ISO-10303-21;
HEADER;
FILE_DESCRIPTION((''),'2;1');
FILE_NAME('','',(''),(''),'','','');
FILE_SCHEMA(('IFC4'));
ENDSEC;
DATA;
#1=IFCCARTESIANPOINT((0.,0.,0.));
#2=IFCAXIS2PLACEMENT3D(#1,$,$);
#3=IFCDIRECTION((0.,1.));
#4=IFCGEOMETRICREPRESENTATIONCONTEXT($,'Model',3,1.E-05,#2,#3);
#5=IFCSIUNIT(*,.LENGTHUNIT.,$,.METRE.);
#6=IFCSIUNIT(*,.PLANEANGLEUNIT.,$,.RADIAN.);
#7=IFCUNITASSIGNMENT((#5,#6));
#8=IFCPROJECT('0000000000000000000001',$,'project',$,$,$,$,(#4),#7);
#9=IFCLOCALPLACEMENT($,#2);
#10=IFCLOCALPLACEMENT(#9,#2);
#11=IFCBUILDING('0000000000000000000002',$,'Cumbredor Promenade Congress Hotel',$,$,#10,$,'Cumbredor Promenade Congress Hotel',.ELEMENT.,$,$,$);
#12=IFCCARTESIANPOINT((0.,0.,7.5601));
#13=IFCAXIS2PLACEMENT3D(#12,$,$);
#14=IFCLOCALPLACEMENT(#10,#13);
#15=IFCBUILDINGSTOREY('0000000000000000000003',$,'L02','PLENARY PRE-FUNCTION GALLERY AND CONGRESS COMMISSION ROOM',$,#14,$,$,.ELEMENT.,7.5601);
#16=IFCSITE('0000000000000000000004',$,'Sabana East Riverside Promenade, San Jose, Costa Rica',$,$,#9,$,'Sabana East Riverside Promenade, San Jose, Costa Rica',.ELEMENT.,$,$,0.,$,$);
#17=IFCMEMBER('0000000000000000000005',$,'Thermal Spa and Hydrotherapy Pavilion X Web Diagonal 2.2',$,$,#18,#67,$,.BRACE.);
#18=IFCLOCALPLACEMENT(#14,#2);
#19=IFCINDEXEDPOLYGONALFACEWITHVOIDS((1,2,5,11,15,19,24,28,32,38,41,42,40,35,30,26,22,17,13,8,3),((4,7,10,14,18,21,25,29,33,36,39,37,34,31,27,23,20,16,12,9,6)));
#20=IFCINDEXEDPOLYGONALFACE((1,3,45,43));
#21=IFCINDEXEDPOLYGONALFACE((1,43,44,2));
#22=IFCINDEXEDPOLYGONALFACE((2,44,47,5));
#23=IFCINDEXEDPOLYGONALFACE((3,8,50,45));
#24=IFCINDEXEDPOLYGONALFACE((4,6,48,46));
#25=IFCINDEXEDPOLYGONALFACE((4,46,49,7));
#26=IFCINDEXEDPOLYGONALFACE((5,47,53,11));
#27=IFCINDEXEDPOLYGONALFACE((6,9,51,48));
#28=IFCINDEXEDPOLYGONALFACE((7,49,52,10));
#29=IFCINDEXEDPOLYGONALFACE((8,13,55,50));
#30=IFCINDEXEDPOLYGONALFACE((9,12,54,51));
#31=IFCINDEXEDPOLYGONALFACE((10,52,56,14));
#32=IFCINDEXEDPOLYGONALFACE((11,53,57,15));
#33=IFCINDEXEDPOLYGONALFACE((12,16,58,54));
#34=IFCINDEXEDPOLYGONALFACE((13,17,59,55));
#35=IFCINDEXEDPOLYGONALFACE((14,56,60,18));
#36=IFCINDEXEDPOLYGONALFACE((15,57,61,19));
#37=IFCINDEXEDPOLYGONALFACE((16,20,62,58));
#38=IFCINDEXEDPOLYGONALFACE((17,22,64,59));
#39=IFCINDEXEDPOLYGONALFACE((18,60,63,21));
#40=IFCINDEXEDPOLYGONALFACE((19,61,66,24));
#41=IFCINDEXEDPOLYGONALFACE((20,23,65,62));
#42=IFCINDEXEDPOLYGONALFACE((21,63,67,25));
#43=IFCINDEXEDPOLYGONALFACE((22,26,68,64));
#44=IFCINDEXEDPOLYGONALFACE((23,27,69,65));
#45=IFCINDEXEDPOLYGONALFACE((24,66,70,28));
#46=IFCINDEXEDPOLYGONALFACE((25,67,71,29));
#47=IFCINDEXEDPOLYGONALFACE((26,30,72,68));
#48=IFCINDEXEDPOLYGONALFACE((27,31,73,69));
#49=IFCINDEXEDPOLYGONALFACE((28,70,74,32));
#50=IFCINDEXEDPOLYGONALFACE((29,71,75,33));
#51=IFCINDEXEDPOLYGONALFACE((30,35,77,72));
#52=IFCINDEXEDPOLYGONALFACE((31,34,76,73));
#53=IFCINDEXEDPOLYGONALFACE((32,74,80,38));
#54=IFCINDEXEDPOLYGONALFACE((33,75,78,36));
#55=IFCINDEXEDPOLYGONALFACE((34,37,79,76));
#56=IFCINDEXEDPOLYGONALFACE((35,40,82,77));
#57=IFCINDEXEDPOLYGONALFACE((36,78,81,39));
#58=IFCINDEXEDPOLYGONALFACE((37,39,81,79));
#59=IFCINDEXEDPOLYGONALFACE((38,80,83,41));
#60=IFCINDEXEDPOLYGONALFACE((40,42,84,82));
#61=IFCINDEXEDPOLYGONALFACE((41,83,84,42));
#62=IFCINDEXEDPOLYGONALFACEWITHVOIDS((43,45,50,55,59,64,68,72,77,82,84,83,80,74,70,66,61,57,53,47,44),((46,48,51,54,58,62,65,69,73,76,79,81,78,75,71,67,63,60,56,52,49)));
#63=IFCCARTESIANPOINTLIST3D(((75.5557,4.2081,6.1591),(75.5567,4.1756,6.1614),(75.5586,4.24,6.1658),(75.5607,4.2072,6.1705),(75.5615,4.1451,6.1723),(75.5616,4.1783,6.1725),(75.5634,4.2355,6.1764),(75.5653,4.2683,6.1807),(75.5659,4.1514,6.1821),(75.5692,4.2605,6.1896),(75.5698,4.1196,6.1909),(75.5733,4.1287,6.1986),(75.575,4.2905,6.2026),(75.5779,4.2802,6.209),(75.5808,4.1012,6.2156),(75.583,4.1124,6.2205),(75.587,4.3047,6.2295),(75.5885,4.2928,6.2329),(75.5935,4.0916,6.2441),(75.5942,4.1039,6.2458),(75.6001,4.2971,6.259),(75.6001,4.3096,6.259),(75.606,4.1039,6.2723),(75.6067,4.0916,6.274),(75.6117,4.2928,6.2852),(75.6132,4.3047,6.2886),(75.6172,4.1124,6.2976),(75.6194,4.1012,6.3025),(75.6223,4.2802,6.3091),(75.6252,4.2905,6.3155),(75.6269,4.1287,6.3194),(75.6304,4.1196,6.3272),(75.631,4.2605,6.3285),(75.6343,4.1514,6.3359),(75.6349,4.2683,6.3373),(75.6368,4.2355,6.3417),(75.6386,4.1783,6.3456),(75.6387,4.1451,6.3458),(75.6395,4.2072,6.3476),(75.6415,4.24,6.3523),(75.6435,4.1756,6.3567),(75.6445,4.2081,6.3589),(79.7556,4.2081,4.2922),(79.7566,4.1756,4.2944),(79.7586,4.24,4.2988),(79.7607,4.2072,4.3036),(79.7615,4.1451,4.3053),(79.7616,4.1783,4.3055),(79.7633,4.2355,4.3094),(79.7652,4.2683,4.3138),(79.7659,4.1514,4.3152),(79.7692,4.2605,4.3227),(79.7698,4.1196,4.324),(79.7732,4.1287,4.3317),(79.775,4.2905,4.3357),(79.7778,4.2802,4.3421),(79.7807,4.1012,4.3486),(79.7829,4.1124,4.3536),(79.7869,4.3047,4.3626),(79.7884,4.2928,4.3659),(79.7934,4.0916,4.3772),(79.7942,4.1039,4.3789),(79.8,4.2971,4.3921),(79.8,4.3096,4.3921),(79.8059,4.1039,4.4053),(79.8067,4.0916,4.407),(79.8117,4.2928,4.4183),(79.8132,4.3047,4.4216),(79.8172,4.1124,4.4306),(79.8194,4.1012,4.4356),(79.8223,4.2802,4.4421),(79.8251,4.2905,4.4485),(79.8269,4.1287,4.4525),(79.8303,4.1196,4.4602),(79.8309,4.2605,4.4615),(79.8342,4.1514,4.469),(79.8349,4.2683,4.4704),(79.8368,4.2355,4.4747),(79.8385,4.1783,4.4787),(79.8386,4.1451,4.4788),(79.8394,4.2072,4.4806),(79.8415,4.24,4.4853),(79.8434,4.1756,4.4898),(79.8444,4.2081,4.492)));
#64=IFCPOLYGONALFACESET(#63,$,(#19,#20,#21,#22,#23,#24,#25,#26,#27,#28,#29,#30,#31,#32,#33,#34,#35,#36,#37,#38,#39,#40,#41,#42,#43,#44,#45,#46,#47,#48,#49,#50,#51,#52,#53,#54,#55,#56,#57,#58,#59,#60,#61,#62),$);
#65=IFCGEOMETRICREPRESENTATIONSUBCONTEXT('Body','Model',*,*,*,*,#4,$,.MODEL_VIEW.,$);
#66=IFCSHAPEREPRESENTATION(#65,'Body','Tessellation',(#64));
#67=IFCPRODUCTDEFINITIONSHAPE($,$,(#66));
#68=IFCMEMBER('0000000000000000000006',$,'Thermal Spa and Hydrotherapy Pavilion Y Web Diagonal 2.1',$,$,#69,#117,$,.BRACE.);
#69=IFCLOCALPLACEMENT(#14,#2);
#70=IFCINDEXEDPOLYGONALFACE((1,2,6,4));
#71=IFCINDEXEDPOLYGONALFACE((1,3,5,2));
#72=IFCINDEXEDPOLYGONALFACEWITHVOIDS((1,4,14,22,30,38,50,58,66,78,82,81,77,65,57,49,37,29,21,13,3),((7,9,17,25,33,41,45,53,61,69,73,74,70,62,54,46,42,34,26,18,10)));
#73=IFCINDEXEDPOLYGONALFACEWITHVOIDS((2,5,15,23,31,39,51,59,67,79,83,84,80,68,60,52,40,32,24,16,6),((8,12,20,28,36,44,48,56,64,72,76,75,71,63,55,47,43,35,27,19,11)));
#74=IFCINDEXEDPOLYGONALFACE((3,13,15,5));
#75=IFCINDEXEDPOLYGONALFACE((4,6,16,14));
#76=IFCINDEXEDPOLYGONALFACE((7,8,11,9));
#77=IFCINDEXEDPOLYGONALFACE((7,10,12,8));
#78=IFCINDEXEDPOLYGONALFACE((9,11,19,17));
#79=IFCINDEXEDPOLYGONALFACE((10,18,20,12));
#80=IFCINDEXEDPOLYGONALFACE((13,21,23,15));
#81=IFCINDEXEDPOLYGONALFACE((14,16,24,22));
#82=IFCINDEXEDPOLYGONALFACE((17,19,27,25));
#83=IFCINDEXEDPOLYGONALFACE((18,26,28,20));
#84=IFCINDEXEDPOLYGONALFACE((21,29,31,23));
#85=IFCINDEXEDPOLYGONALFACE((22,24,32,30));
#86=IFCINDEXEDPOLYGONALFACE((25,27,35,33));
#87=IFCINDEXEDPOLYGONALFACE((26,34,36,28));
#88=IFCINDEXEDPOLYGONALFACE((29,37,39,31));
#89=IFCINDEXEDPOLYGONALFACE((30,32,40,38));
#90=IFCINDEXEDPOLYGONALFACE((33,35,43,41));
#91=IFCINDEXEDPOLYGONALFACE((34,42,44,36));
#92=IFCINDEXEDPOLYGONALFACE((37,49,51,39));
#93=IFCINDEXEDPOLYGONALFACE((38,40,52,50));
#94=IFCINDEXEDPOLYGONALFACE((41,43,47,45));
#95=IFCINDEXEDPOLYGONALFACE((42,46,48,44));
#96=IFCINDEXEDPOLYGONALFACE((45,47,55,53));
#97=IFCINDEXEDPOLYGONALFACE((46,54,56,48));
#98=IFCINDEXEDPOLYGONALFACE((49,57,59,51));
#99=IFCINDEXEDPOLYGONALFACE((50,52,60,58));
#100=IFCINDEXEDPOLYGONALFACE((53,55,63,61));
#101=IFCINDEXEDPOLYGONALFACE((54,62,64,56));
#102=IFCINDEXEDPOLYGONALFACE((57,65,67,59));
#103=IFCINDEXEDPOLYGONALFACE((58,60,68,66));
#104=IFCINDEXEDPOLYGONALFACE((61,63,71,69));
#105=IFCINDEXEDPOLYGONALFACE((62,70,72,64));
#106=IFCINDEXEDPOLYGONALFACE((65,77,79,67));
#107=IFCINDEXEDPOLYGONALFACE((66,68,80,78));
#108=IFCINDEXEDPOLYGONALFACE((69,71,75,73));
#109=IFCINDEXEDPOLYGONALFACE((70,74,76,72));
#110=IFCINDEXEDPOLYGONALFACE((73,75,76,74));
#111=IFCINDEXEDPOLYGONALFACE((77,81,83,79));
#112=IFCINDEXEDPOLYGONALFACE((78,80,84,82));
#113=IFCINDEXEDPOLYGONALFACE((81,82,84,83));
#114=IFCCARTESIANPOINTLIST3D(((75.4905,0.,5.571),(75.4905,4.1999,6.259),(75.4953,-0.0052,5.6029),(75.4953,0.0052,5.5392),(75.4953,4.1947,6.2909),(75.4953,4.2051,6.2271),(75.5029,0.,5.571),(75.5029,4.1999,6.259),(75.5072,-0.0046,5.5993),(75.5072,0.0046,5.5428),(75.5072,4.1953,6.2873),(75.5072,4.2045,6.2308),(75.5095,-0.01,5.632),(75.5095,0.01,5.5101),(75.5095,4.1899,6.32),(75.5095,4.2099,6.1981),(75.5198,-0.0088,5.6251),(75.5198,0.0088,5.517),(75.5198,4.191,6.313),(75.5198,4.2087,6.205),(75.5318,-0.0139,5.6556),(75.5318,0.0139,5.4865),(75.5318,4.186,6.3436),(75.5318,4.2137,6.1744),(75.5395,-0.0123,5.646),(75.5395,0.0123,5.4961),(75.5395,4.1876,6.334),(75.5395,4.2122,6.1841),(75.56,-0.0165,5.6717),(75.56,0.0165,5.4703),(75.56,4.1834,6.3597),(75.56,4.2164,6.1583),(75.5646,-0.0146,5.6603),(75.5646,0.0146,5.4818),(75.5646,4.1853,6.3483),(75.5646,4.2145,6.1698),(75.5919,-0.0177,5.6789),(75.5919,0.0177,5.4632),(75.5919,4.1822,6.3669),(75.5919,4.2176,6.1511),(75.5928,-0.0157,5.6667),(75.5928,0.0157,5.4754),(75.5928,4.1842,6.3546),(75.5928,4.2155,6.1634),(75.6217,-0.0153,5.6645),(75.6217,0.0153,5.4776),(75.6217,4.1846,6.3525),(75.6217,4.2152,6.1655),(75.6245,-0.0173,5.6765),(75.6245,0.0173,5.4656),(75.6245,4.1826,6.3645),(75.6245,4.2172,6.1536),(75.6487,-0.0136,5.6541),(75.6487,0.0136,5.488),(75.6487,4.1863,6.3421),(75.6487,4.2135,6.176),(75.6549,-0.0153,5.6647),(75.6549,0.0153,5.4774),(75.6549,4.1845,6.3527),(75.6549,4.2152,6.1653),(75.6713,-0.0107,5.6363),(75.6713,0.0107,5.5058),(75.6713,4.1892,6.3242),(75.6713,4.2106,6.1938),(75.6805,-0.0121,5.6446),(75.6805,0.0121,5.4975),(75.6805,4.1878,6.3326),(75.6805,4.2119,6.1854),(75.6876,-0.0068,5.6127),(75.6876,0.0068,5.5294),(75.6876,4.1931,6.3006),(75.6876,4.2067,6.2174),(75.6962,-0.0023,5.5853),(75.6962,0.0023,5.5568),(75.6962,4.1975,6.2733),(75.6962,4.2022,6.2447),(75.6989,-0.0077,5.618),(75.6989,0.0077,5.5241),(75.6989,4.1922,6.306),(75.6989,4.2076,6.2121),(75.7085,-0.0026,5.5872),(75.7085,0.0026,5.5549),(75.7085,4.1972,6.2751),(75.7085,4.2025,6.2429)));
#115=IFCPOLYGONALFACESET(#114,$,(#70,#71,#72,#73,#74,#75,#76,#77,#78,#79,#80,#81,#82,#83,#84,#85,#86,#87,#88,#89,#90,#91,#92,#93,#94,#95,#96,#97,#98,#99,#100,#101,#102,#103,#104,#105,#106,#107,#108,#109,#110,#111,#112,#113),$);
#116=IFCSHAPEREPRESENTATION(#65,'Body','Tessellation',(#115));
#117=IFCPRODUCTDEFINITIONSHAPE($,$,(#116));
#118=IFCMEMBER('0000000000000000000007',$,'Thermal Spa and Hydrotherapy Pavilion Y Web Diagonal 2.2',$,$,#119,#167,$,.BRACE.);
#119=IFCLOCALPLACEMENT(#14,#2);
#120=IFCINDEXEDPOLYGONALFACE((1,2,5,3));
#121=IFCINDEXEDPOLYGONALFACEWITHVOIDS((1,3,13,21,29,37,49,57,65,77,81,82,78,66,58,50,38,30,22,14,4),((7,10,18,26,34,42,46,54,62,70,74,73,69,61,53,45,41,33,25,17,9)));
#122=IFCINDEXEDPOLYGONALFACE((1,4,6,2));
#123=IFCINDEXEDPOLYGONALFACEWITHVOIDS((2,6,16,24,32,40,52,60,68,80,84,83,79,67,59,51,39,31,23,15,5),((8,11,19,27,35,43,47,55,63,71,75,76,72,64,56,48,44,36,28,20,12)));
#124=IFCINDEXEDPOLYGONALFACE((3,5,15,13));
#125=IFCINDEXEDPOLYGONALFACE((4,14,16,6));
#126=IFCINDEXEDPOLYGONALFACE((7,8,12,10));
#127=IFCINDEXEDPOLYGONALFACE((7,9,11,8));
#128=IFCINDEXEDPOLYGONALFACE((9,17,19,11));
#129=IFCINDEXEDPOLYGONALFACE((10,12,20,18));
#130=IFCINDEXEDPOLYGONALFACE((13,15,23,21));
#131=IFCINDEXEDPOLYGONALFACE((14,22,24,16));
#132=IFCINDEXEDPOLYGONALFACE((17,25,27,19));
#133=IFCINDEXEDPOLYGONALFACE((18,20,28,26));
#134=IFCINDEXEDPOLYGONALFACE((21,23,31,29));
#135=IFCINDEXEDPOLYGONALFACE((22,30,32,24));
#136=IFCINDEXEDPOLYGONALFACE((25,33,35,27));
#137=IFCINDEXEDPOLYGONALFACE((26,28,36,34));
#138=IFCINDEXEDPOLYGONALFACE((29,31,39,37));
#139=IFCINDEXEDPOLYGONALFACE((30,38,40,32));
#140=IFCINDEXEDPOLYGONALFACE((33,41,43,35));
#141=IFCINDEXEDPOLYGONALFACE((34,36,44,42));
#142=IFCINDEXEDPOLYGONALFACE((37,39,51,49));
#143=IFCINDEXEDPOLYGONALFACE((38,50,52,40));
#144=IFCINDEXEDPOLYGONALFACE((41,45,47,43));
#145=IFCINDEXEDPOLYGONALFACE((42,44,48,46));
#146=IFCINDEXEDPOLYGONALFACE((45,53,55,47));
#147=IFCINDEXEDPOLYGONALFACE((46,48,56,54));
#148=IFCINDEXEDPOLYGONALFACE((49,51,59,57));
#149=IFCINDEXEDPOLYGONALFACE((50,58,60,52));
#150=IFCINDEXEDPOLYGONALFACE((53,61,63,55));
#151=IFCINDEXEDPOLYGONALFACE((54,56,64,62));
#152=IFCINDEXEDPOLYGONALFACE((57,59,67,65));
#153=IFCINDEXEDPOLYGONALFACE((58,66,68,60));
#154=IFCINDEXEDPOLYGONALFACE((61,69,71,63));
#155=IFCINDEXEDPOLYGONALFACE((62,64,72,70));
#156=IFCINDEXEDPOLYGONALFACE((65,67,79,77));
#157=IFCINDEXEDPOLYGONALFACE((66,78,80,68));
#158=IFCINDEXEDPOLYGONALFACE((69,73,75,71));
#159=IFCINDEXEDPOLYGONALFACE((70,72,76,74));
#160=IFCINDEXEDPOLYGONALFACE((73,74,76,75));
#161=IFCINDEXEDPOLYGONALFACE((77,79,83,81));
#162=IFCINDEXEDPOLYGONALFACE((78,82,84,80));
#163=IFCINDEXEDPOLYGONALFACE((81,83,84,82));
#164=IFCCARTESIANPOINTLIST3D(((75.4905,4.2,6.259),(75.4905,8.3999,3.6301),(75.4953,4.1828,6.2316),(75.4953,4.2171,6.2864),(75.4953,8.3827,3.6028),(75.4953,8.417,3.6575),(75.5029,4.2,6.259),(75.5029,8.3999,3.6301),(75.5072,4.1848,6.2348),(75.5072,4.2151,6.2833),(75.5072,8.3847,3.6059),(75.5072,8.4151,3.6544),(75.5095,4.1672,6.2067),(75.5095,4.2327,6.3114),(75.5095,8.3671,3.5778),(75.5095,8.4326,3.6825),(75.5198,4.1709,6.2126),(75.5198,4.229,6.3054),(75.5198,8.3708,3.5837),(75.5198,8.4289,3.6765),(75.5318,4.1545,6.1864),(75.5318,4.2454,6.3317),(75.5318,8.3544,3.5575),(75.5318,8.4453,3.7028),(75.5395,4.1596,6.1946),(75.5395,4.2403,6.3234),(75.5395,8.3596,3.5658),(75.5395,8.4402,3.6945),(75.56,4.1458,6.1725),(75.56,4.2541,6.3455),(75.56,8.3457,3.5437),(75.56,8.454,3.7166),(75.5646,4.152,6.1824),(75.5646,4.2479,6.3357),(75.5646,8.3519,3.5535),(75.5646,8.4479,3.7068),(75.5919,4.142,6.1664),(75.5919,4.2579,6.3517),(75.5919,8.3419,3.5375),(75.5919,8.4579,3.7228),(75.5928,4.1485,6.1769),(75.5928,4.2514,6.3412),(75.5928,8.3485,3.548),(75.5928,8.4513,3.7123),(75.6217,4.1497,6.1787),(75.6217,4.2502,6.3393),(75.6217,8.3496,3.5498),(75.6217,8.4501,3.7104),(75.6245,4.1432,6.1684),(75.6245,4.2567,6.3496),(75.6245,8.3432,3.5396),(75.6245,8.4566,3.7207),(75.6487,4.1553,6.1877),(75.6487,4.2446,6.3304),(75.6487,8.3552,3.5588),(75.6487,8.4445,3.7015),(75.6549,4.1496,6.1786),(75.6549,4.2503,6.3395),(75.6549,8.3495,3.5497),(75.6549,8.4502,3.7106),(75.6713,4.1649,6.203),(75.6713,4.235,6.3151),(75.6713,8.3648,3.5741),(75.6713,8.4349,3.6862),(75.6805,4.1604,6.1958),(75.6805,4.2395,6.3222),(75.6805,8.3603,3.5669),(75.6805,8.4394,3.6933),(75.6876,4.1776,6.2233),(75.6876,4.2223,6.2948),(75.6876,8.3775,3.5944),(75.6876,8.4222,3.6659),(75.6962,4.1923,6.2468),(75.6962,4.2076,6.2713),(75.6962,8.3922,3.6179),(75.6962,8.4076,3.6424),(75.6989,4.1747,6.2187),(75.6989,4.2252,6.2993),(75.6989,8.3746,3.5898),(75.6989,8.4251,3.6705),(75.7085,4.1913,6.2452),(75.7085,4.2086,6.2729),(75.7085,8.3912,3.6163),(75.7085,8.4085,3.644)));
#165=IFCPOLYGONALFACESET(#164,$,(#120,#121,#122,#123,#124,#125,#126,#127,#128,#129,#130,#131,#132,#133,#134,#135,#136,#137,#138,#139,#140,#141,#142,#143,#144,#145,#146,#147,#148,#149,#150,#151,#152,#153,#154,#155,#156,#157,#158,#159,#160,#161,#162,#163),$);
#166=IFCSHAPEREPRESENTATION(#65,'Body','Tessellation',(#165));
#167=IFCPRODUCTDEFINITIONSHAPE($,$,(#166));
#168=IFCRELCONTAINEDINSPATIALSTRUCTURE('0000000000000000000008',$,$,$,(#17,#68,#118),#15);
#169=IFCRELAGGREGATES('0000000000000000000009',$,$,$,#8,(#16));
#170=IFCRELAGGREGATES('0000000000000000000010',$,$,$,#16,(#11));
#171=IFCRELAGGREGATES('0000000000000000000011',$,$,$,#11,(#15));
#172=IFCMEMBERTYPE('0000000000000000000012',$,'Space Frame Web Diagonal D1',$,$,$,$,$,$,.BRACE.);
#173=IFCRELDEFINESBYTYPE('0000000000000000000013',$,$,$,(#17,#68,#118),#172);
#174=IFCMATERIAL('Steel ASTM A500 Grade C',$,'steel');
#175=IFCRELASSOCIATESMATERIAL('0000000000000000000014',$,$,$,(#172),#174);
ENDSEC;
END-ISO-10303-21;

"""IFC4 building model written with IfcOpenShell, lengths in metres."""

from ifc_helpers import new_model, si_unit, direction, frame, origin, origin_2d, place, context, subcontext, project, spatial, hollow_circle, extrude, material, material_profile, profile_set, type_object, element, save


model = new_model("IFC4")

# Units and contexts
model_context = context("Model", 3, precision=1e-05, world=origin(), true_north=direction((0.0, 1.0)))
body_context = subcontext(model_context, "Body", "Model", "MODEL_VIEW")
ifc_project = project(units=[si_unit("LENGTHUNIT", "METRE"), si_unit("PLANEANGLEUNIT", "RADIAN")], contexts=[model_context])

# Site, building, storey
site_placement = place(None, origin())
site = spatial("IfcSite", under=ifc_project, at=site_placement, Name="Sabana East Riverside Promenade, San Jose, Costa Rica", LongName="Sabana East Riverside Promenade, San Jose, Costa Rica", CompositionType="ELEMENT", RefElevation=0.0)
building_placement = place(site_placement, origin())
building = spatial("IfcBuilding", under=site, at=building_placement, Name="Cumbredor Promenade Congress Hotel", LongName="Cumbredor Promenade Congress Hotel", CompositionType="ELEMENT")
storey_placement = place(building_placement, frame((0.0, 0.0, 7.5601)))
storey = spatial("IfcBuildingStorey", under=building, at=storey_placement, Name="L02", Description="PLENARY PRE-FUNCTION GALLERY AND CONGRESS COMMISSION ROOM", CompositionType="ELEMENT", Elevation=7.5601)

# Members
ifc_material_1 = material(Name="Steel ASTM A500 Grade C", Category="steel")
ifc_material_profile_1 = material_profile(ifc_material_1, hollow_circle(Radius=0.1096, WallThickness=0.0125, at=origin_2d()), Name="CHS 219.1x12.5")
ifc_profile_set_1 = profile_set([ifc_material_profile_1], Name="Steel ASTM A500 Grade C")
member_type_1 = type_object("IfcMemberType", Name="Space Frame Web Diagonal D1", PredefinedType="BRACE", material=ifc_profile_set_1)
member_1_placement = place(storey_placement, frame((75.6001, 4.2, 6.259), z_axis=(0.913787, 0.0, -0.406193), x_axis=(0.0, 1.0, 0.0)))
element("IfcMember", 1, at=member_1_placement, inside=storey, type_object=member_type_1, Name="Thermal Spa and Hydrotherapy Pavilion X Web Diagonal 2.2", PredefinedType="BRACE", context=body_context, shape_type="SweptSolid", body=[
    extrude(hollow_circle(Radius=0.1096, WallThickness=0.0125, at=origin_2d()), origin(), (0.0, 0.0, 1.0), 4.5962),
])
member_2_placement = place(storey_placement, frame((75.6001, 0.0, 5.571), z_axis=(0.0, 0.986847, 0.161654), x_axis=(-1.0, 0.0, 0.0)))
element("IfcMember", 2, at=member_2_placement, inside=storey, type_object=member_type_1, Name="Thermal Spa and Hydrotherapy Pavilion Y Web Diagonal 2.1", PredefinedType="BRACE", context=body_context, shape_type="SweptSolid", body=[
    extrude(hollow_circle(Radius=0.1096, WallThickness=0.0125, at=origin_2d()), origin(), (0.0, 0.0, 1.0), 4.2559),
])
member_3_placement = place(storey_placement, frame((75.6001, 4.2, 6.259), z_axis=(0.0, 0.847641, -0.53057), x_axis=(-1.0, 0.0, 0.0)))
element("IfcMember", 3, at=member_3_placement, inside=storey, type_object=member_type_1, Name="Thermal Spa and Hydrotherapy Pavilion Y Web Diagonal 2.2", PredefinedType="BRACE", context=body_context, shape_type="SweptSolid", body=[
    extrude(hollow_circle(Radius=0.1096, WallThickness=0.0125, at=origin_2d()), origin(), (0.0, 0.0, 1.0), 4.9548),
])

save(model, "model.ifc")
